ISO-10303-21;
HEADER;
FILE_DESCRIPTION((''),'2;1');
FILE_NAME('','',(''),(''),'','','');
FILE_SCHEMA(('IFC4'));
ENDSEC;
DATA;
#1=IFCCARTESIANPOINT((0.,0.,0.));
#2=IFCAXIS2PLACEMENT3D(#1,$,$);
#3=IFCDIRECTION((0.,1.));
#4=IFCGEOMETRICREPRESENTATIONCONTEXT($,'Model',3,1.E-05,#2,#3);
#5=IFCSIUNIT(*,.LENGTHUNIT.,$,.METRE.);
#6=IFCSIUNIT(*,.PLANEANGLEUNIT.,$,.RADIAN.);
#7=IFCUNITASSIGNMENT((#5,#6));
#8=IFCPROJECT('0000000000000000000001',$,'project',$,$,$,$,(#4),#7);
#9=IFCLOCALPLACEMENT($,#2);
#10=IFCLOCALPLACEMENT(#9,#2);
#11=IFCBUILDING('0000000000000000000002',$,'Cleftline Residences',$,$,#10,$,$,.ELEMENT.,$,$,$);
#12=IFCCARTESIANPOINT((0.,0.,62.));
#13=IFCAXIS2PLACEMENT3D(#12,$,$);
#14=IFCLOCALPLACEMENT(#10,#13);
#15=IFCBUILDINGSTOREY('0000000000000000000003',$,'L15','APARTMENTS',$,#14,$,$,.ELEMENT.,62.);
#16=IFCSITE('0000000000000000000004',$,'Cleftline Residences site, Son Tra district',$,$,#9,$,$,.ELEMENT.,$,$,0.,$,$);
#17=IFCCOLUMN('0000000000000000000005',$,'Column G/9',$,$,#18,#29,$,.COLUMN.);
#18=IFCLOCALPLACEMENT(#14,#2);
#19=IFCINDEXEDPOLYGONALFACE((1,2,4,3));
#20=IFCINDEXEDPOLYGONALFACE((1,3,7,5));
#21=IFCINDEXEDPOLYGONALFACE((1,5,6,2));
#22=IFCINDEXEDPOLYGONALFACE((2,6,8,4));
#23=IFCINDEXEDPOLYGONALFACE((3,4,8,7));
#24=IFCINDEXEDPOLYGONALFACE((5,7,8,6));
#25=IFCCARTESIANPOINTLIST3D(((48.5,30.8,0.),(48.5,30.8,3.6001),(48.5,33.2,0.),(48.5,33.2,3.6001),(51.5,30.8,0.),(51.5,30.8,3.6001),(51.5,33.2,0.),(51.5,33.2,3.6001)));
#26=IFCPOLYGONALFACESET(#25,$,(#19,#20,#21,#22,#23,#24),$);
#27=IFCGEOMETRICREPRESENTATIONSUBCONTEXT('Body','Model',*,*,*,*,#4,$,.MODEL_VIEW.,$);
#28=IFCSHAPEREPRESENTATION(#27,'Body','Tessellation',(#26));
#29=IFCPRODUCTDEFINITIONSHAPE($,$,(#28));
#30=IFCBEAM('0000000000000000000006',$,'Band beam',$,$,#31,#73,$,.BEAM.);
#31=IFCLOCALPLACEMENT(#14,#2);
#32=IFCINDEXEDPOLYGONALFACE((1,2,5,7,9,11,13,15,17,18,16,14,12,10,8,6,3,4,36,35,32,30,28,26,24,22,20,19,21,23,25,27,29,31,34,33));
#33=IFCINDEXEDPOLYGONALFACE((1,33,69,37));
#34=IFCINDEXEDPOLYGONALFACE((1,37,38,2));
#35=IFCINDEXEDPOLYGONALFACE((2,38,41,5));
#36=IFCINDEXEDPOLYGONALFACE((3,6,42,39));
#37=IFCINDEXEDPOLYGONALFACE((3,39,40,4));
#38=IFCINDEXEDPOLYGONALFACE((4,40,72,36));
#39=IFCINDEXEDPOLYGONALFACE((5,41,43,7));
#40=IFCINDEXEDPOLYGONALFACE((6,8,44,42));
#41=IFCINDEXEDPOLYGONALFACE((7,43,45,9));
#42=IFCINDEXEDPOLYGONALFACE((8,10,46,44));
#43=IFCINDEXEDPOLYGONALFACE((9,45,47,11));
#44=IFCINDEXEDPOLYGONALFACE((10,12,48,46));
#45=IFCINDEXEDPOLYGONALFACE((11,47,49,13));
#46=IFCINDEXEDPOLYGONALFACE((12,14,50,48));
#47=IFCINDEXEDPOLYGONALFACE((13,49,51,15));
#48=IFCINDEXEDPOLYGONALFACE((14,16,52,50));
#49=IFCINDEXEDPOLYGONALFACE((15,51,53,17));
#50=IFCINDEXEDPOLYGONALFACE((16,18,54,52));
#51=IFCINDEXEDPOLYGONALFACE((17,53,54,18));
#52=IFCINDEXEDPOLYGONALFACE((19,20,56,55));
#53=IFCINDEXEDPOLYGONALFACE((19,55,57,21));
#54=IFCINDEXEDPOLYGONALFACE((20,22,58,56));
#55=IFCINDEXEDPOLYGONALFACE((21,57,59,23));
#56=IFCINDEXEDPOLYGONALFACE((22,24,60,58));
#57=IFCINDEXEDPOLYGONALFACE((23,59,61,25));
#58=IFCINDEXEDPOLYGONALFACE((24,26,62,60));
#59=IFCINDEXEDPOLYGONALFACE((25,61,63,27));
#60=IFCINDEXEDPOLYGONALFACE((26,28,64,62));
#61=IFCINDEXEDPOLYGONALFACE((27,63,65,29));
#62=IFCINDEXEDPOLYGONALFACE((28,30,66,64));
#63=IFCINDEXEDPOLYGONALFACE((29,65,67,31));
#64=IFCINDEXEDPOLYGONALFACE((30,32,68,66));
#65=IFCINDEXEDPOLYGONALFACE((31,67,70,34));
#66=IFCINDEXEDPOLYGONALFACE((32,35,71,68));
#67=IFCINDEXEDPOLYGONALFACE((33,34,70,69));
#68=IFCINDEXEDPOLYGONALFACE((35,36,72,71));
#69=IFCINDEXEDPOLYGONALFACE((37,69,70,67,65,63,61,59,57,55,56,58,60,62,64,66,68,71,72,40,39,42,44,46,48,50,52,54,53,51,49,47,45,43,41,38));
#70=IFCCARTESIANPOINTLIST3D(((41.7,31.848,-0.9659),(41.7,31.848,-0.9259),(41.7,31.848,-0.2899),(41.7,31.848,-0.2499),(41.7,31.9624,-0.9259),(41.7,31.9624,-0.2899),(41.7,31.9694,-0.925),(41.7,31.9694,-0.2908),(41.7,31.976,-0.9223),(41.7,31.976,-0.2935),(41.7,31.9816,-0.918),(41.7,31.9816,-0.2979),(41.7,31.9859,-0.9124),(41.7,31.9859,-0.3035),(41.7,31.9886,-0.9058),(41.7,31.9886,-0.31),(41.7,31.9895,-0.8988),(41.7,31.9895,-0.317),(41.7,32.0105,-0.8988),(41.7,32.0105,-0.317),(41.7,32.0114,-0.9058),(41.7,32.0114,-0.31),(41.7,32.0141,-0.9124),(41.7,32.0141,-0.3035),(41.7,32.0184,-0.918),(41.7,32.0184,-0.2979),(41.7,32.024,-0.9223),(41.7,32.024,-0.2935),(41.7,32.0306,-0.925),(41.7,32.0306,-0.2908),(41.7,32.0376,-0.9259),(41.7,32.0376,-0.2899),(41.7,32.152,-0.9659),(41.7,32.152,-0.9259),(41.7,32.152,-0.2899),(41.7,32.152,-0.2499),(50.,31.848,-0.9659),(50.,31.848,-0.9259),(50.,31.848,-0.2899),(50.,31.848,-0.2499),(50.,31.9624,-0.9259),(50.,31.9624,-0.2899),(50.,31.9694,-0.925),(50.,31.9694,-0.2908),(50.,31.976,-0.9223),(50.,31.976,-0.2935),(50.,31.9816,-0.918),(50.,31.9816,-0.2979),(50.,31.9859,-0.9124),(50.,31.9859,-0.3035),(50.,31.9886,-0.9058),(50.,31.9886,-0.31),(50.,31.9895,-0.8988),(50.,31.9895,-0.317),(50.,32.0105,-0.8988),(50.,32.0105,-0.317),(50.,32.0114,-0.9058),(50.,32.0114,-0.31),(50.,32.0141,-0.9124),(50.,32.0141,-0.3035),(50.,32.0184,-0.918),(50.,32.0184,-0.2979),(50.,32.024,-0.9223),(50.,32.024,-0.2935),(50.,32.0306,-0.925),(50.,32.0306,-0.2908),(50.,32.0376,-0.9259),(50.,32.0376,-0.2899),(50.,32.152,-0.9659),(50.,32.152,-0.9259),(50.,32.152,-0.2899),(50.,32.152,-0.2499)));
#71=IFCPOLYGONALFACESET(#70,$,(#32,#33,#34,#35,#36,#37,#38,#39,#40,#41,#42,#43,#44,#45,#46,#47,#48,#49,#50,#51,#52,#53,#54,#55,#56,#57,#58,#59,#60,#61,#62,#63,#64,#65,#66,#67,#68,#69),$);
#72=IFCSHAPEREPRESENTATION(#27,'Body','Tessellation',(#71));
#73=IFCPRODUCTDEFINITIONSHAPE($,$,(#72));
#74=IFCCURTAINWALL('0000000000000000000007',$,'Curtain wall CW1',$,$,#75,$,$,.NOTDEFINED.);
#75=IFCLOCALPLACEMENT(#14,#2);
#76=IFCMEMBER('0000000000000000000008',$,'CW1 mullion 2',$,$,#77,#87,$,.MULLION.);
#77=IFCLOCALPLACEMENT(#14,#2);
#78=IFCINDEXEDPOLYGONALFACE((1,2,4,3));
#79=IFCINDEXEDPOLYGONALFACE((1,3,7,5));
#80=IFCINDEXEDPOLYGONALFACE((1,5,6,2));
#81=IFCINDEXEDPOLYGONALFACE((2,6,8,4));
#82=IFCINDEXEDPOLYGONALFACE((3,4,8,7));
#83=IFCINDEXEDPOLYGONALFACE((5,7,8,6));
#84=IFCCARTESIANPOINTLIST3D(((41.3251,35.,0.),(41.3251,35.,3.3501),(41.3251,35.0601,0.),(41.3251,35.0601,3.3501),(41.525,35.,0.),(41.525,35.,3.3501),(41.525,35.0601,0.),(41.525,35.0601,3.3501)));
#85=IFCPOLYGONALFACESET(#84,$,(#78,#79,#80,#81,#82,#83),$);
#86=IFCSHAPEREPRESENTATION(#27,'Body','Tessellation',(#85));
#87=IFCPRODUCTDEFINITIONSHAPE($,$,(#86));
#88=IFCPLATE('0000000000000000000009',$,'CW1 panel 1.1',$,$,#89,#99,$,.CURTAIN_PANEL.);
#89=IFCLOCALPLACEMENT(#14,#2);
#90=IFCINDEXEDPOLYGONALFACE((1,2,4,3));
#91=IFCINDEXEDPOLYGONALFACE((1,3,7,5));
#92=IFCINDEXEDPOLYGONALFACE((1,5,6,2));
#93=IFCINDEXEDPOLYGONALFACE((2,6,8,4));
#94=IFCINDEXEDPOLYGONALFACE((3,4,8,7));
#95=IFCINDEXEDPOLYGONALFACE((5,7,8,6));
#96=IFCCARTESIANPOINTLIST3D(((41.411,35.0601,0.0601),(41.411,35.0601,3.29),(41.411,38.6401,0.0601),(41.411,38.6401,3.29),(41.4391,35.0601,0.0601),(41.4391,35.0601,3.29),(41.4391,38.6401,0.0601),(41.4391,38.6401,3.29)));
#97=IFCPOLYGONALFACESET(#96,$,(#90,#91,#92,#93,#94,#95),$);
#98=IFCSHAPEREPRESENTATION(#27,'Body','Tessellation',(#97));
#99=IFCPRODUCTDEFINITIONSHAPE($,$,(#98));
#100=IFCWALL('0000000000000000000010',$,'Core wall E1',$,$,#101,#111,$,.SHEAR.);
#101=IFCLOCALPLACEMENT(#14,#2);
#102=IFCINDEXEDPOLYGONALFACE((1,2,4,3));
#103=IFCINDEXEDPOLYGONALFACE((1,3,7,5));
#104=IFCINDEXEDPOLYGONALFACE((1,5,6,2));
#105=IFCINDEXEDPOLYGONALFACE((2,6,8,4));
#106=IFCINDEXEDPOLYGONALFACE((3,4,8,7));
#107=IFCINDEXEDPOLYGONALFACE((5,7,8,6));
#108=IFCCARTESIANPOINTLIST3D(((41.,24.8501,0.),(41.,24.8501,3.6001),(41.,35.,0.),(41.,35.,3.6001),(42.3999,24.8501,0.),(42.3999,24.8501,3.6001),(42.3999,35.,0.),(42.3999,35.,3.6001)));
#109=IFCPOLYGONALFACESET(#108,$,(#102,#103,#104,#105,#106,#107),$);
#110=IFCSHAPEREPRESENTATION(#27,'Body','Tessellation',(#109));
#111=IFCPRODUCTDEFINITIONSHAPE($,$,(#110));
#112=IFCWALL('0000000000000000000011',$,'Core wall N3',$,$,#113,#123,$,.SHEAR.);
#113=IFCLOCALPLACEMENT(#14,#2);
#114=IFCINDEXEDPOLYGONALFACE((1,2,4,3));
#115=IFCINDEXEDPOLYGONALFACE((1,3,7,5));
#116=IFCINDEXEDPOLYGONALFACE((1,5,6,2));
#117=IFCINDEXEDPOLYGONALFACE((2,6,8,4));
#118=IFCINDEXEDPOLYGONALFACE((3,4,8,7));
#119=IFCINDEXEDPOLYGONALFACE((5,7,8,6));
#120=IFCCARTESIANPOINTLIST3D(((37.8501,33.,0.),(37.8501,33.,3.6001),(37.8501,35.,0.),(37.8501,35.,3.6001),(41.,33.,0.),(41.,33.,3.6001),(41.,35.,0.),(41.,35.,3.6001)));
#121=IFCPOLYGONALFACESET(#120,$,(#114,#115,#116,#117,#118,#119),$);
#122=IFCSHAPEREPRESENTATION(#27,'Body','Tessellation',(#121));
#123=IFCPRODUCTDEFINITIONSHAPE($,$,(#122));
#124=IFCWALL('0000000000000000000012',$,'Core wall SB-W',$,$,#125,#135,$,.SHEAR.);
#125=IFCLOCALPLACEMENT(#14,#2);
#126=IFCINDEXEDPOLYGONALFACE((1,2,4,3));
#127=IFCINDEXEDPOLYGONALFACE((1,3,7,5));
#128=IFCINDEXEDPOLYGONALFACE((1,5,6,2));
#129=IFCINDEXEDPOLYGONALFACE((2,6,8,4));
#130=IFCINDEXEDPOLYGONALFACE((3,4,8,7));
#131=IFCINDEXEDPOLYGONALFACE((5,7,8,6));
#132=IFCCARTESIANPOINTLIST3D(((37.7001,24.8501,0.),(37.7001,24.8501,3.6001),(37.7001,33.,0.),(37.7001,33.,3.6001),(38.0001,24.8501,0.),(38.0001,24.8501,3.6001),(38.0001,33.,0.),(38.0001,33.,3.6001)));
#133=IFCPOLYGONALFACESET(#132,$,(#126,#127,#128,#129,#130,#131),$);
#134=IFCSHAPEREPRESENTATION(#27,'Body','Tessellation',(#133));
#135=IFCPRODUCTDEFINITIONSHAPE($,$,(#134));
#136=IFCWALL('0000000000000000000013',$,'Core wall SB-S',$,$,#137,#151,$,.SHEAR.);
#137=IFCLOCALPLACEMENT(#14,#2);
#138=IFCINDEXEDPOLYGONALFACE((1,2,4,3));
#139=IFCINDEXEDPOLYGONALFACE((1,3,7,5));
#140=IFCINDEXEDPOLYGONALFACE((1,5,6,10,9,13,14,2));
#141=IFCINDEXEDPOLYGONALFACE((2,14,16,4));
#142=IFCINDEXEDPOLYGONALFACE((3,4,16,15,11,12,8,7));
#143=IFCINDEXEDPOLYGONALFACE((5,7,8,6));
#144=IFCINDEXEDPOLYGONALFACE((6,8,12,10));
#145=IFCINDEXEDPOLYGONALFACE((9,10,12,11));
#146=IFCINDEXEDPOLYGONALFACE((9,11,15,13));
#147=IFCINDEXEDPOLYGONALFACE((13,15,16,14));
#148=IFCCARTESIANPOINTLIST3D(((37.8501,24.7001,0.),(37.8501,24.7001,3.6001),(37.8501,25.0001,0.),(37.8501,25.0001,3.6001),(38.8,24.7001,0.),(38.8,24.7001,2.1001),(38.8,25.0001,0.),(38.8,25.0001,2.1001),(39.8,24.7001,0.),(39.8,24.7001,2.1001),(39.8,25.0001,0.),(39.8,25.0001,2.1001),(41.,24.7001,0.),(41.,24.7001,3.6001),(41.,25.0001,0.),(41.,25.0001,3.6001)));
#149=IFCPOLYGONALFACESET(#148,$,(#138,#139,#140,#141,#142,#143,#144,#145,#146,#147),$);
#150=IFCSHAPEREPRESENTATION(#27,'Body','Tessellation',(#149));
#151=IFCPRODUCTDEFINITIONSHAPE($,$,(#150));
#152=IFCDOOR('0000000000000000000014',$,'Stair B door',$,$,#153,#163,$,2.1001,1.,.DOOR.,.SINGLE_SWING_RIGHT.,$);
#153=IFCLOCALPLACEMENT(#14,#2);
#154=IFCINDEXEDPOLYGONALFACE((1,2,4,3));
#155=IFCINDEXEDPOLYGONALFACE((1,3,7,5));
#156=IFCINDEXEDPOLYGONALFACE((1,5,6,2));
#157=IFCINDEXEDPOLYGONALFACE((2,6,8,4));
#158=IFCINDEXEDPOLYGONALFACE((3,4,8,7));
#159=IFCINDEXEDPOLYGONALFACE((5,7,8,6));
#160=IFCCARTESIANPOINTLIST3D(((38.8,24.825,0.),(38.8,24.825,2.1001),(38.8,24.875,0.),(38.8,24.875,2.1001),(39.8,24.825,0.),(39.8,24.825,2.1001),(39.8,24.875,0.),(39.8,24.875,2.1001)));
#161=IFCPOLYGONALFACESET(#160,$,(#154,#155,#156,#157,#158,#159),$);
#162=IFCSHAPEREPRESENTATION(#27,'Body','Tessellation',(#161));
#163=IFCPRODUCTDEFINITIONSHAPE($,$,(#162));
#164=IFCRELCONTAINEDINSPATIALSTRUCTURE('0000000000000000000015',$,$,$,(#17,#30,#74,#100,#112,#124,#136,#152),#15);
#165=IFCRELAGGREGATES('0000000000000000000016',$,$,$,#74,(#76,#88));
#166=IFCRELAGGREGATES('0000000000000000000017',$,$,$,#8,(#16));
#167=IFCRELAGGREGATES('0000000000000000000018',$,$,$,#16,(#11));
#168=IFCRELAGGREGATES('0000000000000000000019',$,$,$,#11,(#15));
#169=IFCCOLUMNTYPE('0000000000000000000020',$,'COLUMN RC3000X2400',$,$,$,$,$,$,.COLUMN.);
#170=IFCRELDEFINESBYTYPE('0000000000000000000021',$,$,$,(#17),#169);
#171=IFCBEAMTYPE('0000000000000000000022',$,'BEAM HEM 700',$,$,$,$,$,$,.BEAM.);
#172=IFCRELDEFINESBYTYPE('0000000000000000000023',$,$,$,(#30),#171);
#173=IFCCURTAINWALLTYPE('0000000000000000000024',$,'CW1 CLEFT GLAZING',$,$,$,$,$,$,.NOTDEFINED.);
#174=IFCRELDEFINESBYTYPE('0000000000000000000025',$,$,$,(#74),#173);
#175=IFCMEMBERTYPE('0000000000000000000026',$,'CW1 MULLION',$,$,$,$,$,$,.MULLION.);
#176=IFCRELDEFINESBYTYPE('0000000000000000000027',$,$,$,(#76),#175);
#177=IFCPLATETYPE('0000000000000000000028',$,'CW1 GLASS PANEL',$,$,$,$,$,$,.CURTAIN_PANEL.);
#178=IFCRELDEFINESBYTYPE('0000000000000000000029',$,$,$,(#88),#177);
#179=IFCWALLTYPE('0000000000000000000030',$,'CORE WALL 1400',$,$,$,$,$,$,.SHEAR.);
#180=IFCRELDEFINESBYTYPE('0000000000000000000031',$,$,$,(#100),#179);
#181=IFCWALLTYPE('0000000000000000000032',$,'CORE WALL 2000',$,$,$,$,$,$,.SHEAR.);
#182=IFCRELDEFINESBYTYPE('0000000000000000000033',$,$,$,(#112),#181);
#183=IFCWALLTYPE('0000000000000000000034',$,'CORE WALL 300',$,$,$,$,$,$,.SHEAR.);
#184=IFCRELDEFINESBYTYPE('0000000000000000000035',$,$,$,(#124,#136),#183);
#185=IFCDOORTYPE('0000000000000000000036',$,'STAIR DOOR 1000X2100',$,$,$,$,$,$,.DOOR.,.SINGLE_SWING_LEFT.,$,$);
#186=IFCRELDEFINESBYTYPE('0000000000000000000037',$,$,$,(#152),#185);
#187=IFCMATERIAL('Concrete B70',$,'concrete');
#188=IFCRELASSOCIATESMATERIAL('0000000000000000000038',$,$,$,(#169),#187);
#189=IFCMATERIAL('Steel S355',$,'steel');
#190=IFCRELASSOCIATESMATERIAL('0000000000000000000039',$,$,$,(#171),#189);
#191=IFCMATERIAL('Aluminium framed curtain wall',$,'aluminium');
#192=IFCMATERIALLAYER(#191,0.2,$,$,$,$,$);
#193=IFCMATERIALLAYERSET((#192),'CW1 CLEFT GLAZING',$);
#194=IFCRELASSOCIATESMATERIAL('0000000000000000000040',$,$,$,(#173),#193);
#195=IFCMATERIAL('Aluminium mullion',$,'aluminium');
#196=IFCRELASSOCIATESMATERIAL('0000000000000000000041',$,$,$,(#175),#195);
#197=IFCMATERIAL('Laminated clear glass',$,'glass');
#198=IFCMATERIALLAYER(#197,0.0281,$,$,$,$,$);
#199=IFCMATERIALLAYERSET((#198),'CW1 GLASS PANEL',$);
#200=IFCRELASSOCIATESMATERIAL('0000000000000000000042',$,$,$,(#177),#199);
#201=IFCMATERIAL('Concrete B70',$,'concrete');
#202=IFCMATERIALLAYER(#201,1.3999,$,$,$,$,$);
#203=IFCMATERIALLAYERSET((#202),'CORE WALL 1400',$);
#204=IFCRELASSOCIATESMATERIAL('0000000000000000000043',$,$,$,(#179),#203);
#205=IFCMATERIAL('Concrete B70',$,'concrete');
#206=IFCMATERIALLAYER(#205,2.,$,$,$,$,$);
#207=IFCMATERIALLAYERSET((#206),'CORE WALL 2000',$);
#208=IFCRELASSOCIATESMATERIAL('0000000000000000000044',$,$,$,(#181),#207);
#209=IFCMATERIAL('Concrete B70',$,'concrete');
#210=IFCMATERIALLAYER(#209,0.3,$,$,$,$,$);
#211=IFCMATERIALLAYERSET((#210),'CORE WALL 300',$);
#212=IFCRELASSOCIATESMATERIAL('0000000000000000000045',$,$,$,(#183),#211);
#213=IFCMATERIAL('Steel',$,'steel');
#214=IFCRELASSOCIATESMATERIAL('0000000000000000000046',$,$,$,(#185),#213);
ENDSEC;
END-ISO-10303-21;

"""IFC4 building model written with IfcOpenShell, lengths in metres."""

from ifc_helpers import new_model, si_unit, direction, frame, frame_2d, origin, origin_2d, place, context, subcontext, project, spatial, rectangle, i_section, extrude, material, layer, layer_set, material_profile, profile_set, type_object, element, fill, aggregate, save


model = new_model("IFC4")

# Units and contexts
model_context = context("Model", 3, precision=1e-05, world=origin(), true_north=direction((0.0, 1.0)))
body_context = subcontext(model_context, "Body", "Model", "MODEL_VIEW")
ifc_project = project(units=[si_unit("LENGTHUNIT", "METRE"), si_unit("PLANEANGLEUNIT", "RADIAN")], contexts=[model_context])

# Site, building, storey
site_placement = place(None, origin())
site = spatial("IfcSite", under=ifc_project, at=site_placement, Name="Cleftline Residences site, Son Tra district", CompositionType="ELEMENT", RefElevation=0.0)
building_placement = place(site_placement, origin())
building = spatial("IfcBuilding", under=site, at=building_placement, Name="Cleftline Residences", CompositionType="ELEMENT")
storey_placement = place(building_placement, frame((0.0, 0.0, 62.0)))
storey = spatial("IfcBuildingStorey", under=building, at=storey_placement, Name="L15", Description="APARTMENTS", CompositionType="ELEMENT", Elevation=62.0)

# Column
ifc_material_1 = material(Name="Concrete B70", Category="concrete")
ifc_material_profile_1 = material_profile(ifc_material_1, rectangle(XDim=3.0, YDim=2.3999, at=origin_2d()))
ifc_profile_set_1 = profile_set([ifc_material_profile_1], Name="Concrete B70")
column_type = type_object("IfcColumnType", Name="COLUMN RC3000X2400", PredefinedType="COLUMN", material=ifc_profile_set_1)
column_placement = place(storey_placement, frame((50.0, 32.0, 0.0), z_axis=(0.0, 0.0, 1.0), x_axis=(1.0, 0.0, 0.0)))
element("IfcColumn", 1, at=column_placement, inside=storey, type_object=column_type, Name="Column G/9", PredefinedType="COLUMN", context=body_context, shape_type="SweptSolid", body=[
    extrude(rectangle(XDim=3.0, YDim=2.3999, at=origin_2d()), origin(), (0.0, 0.0, 1.0), 3.6001),
])

# Beam
ifc_material_2 = material(Name="Steel S355", Category="steel")
ifc_material_profile_2 = material_profile(ifc_material_2, i_section(OverallWidth=0.304, OverallDepth=0.7161, WebThickness=0.021, FlangeThickness=0.04, FilletRadius=0.0271, at=origin_2d()))
ifc_profile_set_2 = profile_set([ifc_material_profile_2], Name="Steel S355")
beam_type = type_object("IfcBeamType", Name="BEAM HEM 700", PredefinedType="BEAM", material=ifc_profile_set_2)
beam_placement = place(storey_placement, frame((50.0, 32.0, -0.6079), z_axis=(-1.0, 0.0, 0.0), x_axis=(0.0, -1.0, 0.0)))
element("IfcBeam", 2, at=beam_placement, inside=storey, type_object=beam_type, Name="Band beam", PredefinedType="BEAM", context=body_context, shape_type="SweptSolid", body=[
    extrude(i_section(OverallWidth=0.304, OverallDepth=0.7161, WebThickness=0.021, FlangeThickness=0.04, FilletRadius=0.0271, at=origin_2d()), origin(), (0.0, 0.0, 1.0), 8.3),
])

# Curtain wall, member, plate
ifc_material_3 = material(Name="Aluminium framed curtain wall", Category="aluminium")
ifc_layer_1 = layer(ifc_material_3, 0.2)
ifc_layer_set_1 = layer_set([ifc_layer_1], Name="CW1 CLEFT GLAZING")
curtain_wall_type = type_object("IfcCurtainWallType", Name="CW1 CLEFT GLAZING", PredefinedType="NOTDEFINED", material=ifc_layer_set_1)
curtain_wall_placement = place(storey_placement, origin())
curtain_wall = element("IfcCurtainWall", 3, at=curtain_wall_placement, inside=storey, type_object=curtain_wall_type, Name="Curtain wall CW1", PredefinedType="NOTDEFINED")
ifc_material_4 = material(Name="Aluminium mullion", Category="aluminium")
ifc_material_profile_3 = material_profile(ifc_material_4, rectangle(XDim=0.2, YDim=0.0601, at=origin_2d()))
ifc_profile_set_3 = profile_set([ifc_material_profile_3], Name="Aluminium mullion")
member_type = type_object("IfcMemberType", Name="CW1 MULLION", PredefinedType="MULLION", material=ifc_profile_set_3)
member_placement = place(storey_placement, frame((41.425, 35.03, 0.0), z_axis=(0.0, 0.0, 1.0), x_axis=(1.0, 0.0, 0.0)))
member = element("IfcMember", 4, at=member_placement, type_object=member_type, Name="CW1 mullion 2", PredefinedType="MULLION", context=body_context, shape_type="SweptSolid", body=[
    extrude(rectangle(XDim=0.2, YDim=0.0601, at=origin_2d()), origin(), (0.0, 0.0, 1.0), 3.3501),
])
ifc_material_5 = material(Name="Laminated clear glass", Category="glass")
ifc_layer_2 = layer(ifc_material_5, 0.0281)
ifc_layer_set_2 = layer_set([ifc_layer_2], Name="CW1 GLASS PANEL")
plate_type = type_object("IfcPlateType", Name="CW1 GLASS PANEL", PredefinedType="CURTAIN_PANEL", material=ifc_layer_set_2)
plate_placement = place(storey_placement, frame((41.425, 36.8501, 0.0601), z_axis=(0.0, 0.0, 1.0), x_axis=(0.0, -1.0, 0.0)))
plate = element("IfcPlate", 5, at=plate_placement, type_object=plate_type, Name="CW1 panel 1.1", PredefinedType="CURTAIN_PANEL", context=body_context, shape_type="SweptSolid", body=[
    extrude(rectangle(XDim=3.5801, YDim=0.0281, at=origin_2d()), origin(), (0.0, 0.0, 1.0), 3.23),
])
aggregate(curtain_wall, [member, plate])

# Walls
ifc_material_6 = material(Name="Concrete B70", Category="concrete")
ifc_layer_3 = layer(ifc_material_6, 1.3999)
ifc_layer_set_3 = layer_set([ifc_layer_3], Name="CORE WALL 1400")
wall_type_1 = type_object("IfcWallType", Name="CORE WALL 1400", PredefinedType="SHEAR", material=ifc_layer_set_3)
wall_1_placement = place(storey_placement, frame((41.7, 24.8501, 0.0), z_axis=(0.0, 0.0, 1.0), x_axis=(0.0, 1.0, 0.0)))
element("IfcWall", 6, at=wall_1_placement, inside=storey, type_object=wall_type_1, Name="Core wall E1", PredefinedType="SHEAR", context=body_context, shape_type="SweptSolid", body=[
    extrude(rectangle(XDim=10.1499, YDim=1.3999, at=frame_2d((5.075, 0.0))), origin(), (0.0, 0.0, 1.0), 3.6001),
])
ifc_material_7 = material(Name="Concrete B70", Category="concrete")
ifc_layer_4 = layer(ifc_material_7, 2.0)
ifc_layer_set_4 = layer_set([ifc_layer_4], Name="CORE WALL 2000")
wall_type_2 = type_object("IfcWallType", Name="CORE WALL 2000", PredefinedType="SHEAR", material=ifc_layer_set_4)
wall_2_placement = place(storey_placement, frame((37.8501, 34.0, 0.0), z_axis=(0.0, 0.0, 1.0), x_axis=(1.0, 0.0, 0.0)))
element("IfcWall", 7, at=wall_2_placement, inside=storey, type_object=wall_type_2, Name="Core wall N3", PredefinedType="SHEAR", context=body_context, shape_type="SweptSolid", body=[
    extrude(rectangle(XDim=3.1499, YDim=2.0, at=frame_2d((1.575, 0.0))), origin(), (0.0, 0.0, 1.0), 3.6001),
])
ifc_material_8 = material(Name="Concrete B70", Category="concrete")
ifc_layer_5 = layer(ifc_material_8, 0.3)
ifc_layer_set_5 = layer_set([ifc_layer_5], Name="CORE WALL 300")
wall_type_3 = type_object("IfcWallType", Name="CORE WALL 300", PredefinedType="SHEAR", material=ifc_layer_set_5)
wall_3_placement = place(storey_placement, frame((37.8501, 24.8501, 0.0), z_axis=(0.0, 0.0, 1.0), x_axis=(0.0, 1.0, 0.0)))
element("IfcWall", 8, at=wall_3_placement, inside=storey, type_object=wall_type_3, Name="Core wall SB-W", PredefinedType="SHEAR", context=body_context, shape_type="SweptSolid", body=[
    extrude(rectangle(XDim=8.1499, YDim=0.3, at=frame_2d((4.075, 0.0))), origin(), (0.0, 0.0, 1.0), 3.6001),
])

# Wall, opening, door
wall_4_placement = place(storey_placement, frame((37.8501, 24.8501, 0.0), z_axis=(0.0, 0.0, 1.0), x_axis=(1.0, 0.0, 0.0)))
wall_4 = element("IfcWall", 9, at=wall_4_placement, inside=storey, type_object=wall_type_3, Name="Core wall SB-S", PredefinedType="SHEAR", context=body_context, shape_type="SweptSolid", body=[
    extrude(rectangle(XDim=3.1499, YDim=0.3, at=frame_2d((1.575, 0.0))), origin(), (0.0, 0.0, 1.0), 3.6001),
])
opening_1_placement = place(wall_4_placement, frame((0.95, 0.0, 0.0)))
opening_1 = element("IfcOpeningElement", 10, at=opening_1_placement, cuts=wall_4, PredefinedType="OPENING", context=body_context, shape_type="SweptSolid", body=[
    extrude(rectangle(XDim=1.0, YDim=2.1001, at=frame_2d((0.5, 1.05))), frame((0.0, 0.1599, 0.0), z_axis=(0.0, -1.0, 0.0), x_axis=(1.0, 0.0, 0.0)), (0.0, 0.0, 1.0), 0.3201),
])
ifc_material_9 = material(Name="Steel", Category="steel")
door_type_1 = type_object("IfcDoorType", Name="STAIR DOOR 1000X2100", OperationType="SINGLE_SWING_LEFT", PredefinedType="DOOR", material=ifc_material_9)
door_1_placement = place(opening_1_placement, origin())
door_1 = element("IfcDoor", 11, at=door_1_placement, inside=storey, type_object=door_type_1, Name="Stair B door", OperationType="SINGLE_SWING_RIGHT", OverallHeight=2.1001, OverallWidth=1.0, PredefinedType="DOOR", context=body_context, shape_type="SweptSolid", body=[
    extrude(rectangle(XDim=1.0, YDim=2.1001, at=frame_2d((0.5, 1.05))), frame((0.0, 0.0249, 0.0), z_axis=(0.0, -1.0, 0.0), x_axis=(1.0, 0.0, 0.0)), (0.0, 0.0, 1.0), 0.05),
])
fill(opening_1, door_1)

save(model, "model.ifc")
